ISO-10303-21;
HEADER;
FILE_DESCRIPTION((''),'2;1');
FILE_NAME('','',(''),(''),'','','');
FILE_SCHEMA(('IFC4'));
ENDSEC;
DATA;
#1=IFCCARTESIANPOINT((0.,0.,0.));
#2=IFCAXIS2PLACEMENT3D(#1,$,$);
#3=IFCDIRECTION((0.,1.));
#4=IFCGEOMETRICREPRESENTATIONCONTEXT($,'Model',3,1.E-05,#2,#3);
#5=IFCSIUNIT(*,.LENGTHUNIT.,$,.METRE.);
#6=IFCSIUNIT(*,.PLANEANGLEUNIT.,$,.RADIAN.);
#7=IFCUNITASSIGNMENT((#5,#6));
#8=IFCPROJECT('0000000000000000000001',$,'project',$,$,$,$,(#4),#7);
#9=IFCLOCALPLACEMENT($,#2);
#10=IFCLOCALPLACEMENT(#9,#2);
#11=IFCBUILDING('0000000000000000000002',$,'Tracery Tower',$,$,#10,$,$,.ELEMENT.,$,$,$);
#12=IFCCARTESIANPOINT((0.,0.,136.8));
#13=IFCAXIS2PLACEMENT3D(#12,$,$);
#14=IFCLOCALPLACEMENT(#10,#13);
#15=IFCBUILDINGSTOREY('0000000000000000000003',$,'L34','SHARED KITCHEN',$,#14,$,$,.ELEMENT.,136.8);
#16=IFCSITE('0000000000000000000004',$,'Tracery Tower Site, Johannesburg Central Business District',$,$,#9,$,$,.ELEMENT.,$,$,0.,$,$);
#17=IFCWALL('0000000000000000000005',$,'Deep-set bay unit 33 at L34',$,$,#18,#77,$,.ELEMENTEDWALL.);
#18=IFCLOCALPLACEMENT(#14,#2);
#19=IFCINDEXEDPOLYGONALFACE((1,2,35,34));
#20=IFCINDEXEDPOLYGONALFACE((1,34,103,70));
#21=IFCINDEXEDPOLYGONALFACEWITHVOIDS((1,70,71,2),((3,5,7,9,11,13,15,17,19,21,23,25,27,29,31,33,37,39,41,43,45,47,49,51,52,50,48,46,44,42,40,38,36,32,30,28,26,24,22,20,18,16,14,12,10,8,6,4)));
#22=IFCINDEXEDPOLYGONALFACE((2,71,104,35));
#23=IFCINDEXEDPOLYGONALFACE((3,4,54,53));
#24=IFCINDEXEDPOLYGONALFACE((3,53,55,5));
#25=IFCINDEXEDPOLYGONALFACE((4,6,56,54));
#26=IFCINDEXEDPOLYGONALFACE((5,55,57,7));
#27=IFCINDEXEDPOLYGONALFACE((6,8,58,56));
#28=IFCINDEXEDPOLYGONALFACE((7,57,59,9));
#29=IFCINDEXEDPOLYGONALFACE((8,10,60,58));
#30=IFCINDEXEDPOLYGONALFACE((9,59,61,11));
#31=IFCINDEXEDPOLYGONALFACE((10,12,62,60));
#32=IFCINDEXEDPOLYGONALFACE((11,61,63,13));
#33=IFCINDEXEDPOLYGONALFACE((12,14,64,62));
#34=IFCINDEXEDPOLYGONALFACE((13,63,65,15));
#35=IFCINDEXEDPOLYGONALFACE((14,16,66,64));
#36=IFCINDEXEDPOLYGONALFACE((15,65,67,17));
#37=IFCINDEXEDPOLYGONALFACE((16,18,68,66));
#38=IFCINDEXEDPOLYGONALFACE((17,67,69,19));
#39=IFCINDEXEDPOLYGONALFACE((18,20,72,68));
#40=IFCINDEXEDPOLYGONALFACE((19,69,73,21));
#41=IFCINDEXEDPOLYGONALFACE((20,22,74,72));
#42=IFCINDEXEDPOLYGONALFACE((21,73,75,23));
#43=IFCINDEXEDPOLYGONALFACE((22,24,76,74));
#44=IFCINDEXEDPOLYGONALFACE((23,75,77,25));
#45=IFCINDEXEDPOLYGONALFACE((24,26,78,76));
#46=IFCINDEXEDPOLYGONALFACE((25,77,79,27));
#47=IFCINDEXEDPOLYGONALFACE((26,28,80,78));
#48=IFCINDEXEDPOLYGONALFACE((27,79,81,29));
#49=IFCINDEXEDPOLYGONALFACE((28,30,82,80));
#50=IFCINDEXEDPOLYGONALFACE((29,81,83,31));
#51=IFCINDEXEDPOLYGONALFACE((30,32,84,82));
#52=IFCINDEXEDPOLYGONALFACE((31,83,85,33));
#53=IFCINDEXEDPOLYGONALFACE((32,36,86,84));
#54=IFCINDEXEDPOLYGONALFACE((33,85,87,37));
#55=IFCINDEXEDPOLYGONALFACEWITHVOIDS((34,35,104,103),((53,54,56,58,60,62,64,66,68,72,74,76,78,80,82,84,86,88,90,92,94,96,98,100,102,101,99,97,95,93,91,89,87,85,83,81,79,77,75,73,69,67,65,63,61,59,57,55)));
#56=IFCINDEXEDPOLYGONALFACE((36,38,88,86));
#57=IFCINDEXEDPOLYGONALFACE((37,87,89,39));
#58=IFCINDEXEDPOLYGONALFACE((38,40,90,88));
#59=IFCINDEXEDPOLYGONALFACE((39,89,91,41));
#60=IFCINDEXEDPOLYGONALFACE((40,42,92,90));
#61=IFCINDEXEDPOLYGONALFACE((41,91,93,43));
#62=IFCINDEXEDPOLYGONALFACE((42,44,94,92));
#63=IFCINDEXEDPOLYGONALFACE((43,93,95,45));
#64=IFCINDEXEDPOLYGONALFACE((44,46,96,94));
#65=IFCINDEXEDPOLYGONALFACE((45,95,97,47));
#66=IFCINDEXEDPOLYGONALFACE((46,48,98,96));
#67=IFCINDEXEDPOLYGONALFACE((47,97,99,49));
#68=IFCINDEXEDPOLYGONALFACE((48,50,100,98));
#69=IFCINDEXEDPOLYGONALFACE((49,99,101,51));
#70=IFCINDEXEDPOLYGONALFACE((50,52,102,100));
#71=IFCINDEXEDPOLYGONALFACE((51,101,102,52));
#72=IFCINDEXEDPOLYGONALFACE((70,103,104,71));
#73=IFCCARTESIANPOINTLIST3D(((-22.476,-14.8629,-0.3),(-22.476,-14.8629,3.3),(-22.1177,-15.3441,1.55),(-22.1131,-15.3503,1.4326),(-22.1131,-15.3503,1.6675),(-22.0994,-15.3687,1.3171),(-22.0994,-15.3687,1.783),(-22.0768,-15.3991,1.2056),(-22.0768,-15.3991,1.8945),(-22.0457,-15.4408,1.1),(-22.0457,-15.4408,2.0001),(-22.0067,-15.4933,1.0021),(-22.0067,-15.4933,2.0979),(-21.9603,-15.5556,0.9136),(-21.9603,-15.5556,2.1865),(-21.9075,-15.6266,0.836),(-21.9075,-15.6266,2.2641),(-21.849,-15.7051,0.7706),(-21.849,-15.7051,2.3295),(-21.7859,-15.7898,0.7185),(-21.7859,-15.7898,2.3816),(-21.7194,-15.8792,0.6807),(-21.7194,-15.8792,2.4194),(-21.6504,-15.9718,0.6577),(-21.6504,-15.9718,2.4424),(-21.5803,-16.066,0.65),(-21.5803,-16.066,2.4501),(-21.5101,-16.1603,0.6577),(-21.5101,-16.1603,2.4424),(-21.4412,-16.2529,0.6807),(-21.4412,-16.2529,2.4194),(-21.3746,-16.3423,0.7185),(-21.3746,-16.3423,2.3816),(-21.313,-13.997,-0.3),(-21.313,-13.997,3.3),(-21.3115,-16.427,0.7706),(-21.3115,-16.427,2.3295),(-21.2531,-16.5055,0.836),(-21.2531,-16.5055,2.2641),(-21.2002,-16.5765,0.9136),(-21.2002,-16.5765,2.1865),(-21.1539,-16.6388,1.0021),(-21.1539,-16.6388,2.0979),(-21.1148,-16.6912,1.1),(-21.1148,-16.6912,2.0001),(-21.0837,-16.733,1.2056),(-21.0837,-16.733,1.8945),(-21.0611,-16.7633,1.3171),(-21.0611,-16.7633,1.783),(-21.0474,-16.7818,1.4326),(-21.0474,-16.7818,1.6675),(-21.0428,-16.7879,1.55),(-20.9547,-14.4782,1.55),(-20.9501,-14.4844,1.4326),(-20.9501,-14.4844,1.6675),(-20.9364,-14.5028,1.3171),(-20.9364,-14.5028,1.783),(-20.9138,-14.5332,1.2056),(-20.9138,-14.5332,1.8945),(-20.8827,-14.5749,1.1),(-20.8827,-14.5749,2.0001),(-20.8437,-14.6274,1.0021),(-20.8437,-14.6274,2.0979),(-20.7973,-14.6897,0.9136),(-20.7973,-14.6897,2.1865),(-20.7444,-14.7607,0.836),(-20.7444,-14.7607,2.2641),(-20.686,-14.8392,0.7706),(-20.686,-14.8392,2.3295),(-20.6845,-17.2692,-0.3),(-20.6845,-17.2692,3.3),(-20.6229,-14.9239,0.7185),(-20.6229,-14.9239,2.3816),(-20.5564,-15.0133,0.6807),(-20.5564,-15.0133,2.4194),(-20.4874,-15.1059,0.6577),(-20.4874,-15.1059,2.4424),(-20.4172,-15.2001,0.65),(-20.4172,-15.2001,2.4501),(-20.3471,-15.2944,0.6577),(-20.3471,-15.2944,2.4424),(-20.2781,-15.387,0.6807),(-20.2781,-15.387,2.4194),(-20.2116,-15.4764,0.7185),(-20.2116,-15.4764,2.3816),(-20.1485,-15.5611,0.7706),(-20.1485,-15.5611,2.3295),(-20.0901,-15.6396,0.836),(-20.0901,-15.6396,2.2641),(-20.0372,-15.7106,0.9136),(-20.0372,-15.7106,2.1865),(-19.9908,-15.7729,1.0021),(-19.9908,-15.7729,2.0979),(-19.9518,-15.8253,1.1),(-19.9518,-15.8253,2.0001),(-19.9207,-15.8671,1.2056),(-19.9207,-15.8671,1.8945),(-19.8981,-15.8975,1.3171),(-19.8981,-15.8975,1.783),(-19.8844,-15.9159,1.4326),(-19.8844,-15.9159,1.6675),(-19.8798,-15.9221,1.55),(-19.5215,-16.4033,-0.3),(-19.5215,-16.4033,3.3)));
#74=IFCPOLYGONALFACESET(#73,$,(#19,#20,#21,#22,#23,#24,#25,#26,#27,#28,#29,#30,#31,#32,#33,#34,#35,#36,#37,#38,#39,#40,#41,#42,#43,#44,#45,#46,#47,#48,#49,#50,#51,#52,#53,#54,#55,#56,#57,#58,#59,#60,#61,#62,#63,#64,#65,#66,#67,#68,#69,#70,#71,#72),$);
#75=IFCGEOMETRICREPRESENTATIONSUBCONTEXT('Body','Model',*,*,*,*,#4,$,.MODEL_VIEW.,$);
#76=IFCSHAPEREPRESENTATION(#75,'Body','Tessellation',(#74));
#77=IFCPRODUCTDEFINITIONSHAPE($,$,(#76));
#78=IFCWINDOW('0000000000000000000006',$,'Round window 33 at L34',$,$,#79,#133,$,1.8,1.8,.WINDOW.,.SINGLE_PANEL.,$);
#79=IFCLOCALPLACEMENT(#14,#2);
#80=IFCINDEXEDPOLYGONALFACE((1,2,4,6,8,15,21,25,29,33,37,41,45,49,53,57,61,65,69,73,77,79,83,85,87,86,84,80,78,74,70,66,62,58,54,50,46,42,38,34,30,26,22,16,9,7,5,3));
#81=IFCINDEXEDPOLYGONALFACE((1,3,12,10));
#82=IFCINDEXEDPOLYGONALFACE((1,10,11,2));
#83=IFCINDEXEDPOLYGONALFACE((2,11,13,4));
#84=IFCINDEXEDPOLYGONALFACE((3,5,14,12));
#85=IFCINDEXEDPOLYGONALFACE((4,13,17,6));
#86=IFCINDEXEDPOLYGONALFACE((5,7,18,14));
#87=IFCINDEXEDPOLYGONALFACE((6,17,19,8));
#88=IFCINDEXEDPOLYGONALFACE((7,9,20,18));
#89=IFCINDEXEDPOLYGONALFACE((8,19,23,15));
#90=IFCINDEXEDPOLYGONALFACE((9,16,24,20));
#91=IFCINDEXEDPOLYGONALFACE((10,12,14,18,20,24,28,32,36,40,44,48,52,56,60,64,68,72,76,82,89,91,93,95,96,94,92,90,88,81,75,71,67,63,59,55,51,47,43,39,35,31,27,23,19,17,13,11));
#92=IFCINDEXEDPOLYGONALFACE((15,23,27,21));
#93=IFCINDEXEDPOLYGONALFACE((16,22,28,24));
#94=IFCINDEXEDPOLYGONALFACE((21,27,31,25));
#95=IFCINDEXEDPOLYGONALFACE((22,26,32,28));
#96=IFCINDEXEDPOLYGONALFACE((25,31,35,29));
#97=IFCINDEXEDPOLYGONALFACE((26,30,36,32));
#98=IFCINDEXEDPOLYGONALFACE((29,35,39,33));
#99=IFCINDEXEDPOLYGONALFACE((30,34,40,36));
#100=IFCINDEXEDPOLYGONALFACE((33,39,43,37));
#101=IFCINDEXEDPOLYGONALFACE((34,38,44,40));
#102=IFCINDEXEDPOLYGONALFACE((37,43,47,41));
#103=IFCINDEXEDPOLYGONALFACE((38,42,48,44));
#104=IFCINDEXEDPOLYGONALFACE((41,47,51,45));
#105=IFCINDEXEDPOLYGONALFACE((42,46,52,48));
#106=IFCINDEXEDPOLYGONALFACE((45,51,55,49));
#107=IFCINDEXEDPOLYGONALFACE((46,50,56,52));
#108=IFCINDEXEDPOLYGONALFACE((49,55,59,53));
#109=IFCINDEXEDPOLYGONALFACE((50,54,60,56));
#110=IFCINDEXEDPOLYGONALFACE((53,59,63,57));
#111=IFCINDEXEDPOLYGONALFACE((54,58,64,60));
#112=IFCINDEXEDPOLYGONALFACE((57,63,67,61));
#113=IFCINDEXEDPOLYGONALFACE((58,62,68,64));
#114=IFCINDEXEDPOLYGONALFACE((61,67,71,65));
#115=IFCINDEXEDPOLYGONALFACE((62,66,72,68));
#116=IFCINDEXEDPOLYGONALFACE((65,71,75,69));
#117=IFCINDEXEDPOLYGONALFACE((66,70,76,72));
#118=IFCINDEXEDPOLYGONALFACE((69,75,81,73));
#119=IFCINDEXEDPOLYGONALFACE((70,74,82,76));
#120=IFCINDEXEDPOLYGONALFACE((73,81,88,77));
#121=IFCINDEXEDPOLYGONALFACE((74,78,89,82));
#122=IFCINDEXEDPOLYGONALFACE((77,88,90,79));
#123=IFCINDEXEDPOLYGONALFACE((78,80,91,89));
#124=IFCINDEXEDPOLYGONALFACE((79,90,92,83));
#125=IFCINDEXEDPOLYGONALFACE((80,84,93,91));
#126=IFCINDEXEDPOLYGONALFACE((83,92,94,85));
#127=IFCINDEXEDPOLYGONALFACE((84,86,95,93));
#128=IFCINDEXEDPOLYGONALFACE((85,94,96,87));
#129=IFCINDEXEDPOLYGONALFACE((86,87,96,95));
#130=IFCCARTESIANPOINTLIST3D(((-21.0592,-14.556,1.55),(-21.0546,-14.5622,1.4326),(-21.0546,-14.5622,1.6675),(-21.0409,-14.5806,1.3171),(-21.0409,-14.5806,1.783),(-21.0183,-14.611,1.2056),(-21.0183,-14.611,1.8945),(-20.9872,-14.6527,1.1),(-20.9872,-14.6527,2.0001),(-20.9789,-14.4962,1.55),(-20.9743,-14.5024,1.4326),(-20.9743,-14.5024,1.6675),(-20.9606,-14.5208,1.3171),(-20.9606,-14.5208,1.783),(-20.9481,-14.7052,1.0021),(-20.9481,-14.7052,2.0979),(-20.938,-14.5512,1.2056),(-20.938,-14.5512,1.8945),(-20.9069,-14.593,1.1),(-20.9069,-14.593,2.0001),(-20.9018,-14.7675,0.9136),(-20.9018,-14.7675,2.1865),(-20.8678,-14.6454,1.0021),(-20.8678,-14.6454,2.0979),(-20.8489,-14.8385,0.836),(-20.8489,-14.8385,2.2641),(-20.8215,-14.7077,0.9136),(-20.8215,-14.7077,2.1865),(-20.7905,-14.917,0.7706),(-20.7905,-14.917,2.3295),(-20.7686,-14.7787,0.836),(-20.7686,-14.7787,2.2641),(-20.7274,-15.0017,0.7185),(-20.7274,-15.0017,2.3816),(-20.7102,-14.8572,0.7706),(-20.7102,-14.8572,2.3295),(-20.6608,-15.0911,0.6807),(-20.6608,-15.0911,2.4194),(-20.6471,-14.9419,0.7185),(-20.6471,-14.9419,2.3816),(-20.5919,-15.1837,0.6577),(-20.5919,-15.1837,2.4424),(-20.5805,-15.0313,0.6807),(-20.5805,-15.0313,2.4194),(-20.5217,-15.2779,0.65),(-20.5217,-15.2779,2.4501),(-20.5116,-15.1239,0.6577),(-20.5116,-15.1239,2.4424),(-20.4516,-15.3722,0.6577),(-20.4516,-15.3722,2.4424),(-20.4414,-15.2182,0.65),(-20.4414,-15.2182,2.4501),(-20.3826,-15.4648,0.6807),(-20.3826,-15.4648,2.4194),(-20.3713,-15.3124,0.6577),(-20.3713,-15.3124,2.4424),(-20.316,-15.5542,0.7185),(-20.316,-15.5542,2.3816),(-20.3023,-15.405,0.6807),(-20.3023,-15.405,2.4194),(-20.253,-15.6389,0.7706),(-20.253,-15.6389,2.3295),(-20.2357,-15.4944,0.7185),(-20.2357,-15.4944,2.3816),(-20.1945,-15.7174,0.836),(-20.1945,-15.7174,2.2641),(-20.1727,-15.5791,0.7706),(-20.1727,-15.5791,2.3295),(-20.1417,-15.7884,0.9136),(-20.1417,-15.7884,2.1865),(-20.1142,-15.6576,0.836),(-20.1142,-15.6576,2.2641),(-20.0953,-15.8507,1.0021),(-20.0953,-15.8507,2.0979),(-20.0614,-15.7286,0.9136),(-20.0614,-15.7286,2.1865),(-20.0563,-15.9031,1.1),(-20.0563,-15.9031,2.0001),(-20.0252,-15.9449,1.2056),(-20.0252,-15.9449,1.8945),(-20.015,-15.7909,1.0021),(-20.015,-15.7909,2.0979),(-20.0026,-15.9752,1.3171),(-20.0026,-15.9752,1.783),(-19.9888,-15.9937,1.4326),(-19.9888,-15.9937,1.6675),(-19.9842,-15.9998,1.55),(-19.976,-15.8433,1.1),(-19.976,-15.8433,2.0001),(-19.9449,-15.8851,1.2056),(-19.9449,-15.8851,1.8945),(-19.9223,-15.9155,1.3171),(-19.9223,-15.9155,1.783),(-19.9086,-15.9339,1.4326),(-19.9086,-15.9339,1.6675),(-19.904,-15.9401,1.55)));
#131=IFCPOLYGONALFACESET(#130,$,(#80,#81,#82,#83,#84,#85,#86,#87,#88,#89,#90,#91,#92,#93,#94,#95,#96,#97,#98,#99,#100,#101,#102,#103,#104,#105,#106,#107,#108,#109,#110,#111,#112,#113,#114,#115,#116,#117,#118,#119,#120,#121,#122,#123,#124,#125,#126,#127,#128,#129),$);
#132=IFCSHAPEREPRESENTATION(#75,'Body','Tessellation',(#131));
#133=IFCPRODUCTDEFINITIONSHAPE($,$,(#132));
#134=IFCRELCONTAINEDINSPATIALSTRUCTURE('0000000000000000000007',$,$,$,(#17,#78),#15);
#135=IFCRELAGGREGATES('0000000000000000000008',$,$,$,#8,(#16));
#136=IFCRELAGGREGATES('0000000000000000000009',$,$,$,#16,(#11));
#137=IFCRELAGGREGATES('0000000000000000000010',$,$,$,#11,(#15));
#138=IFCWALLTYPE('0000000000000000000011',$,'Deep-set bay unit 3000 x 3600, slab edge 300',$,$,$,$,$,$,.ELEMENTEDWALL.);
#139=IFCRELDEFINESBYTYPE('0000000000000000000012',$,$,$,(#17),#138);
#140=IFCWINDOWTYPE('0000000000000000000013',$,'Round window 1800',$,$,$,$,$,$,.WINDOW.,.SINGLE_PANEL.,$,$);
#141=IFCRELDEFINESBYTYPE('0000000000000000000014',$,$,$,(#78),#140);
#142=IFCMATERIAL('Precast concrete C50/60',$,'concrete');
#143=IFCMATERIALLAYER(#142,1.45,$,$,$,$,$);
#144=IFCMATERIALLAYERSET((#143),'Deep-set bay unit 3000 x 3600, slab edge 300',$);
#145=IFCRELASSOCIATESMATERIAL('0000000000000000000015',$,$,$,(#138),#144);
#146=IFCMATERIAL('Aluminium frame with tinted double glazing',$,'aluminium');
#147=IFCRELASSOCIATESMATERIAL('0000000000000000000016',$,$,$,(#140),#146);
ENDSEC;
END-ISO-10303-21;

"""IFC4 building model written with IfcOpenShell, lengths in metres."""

from ifc_helpers import new_model, si_unit, direction, frame, frame_2d, origin, origin_2d, place, context, subcontext, project, spatial, rectangle, circle, extrude, material, layer, layer_set, type_object, element, fill, save


model = new_model("IFC4")

# Units and contexts
model_context = context("Model", 3, precision=1e-05, world=origin(), true_north=direction((0.0, 1.0)))
body_context = subcontext(model_context, "Body", "Model", "MODEL_VIEW")
ifc_project = project(units=[si_unit("LENGTHUNIT", "METRE"), si_unit("PLANEANGLEUNIT", "RADIAN")], contexts=[model_context])

# Site, building, storey
site_placement = place(None, origin())
site = spatial("IfcSite", under=ifc_project, at=site_placement, Name="Tracery Tower Site, Johannesburg Central Business District", CompositionType="ELEMENT", RefElevation=0.0)
building_placement = place(site_placement, origin())
building = spatial("IfcBuilding", under=site, at=building_placement, Name="Tracery Tower", CompositionType="ELEMENT")
storey_placement = place(building_placement, frame((0.0, 0.0, 136.8)))
storey = spatial("IfcBuildingStorey", under=building, at=storey_placement, Name="L34", Description="SHARED KITCHEN", CompositionType="ELEMENT", Elevation=136.8)

# Wall, opening, window
ifc_material_1 = material(Name="Precast concrete C50/60", Category="concrete")
ifc_layer_1 = layer(ifc_material_1, 1.45)
ifc_layer_set_1 = layer_set([ifc_layer_1], Name="Deep-set bay unit 3000 x 3600, slab edge 300")
wall_type_1 = type_object("IfcWallType", Name="Deep-set bay unit 3000 x 3600, slab edge 300", PredefinedType="ELEMENTEDWALL", material=ifc_layer_set_1)
wall_1_placement = place(storey_placement, frame((-21.8945, -14.4299, -0.3), z_axis=(0.0, 0.0, 1.0), x_axis=(0.597184, -0.802104, 0.0)))
wall_1 = element("IfcWall", 1, at=wall_1_placement, inside=storey, type_object=wall_type_1, Name="Deep-set bay unit 33 at L34", PredefinedType="ELEMENTEDWALL", context=body_context, shape_type="SweptSolid", body=[
    extrude(rectangle(XDim=3.0, YDim=1.45, at=frame_2d((1.5, 0.0))), origin(), (0.0, 0.0, 1.0), 3.6001),
])
opening_1_placement = place(wall_1_placement, frame((1.5, 0.0, 1.8501)))
opening_1 = element("IfcOpeningElement", 2, at=opening_1_placement, cuts=wall_1, PredefinedType="OPENING", context=body_context, shape_type="SweptSolid", body=[
    extrude(circle(Radius=0.9, at=origin_2d()), frame((0.0, 0.7349, 0.0), z_axis=(0.0, -1.0, 0.0), x_axis=(1.0, 0.0, 0.0)), (0.0, 0.0, 1.0), 1.47),
])
ifc_material_2 = material(Name="Aluminium frame with tinted double glazing", Category="aluminium")
window_type = type_object("IfcWindowType", Name="Round window 1800", PartitioningType="SINGLE_PANEL", PredefinedType="WINDOW", material=ifc_material_2)
window_1_placement = place(opening_1_placement, origin())
window_1 = element("IfcWindow", 3, at=window_1_placement, inside=storey, type_object=window_type, Name="Round window 33 at L34", OverallHeight=1.8, OverallWidth=1.8, PartitioningType="SINGLE_PANEL", PredefinedType="WINDOW", context=body_context, shape_type="SweptSolid", body=[
    extrude(circle(Radius=0.9, at=origin_2d()), frame((0.0, 0.6948, 0.0), z_axis=(0.0, -1.0, 0.0), x_axis=(1.0, 0.0, 0.0)), (0.0, 0.0, 1.0), 0.1001),
])
fill(opening_1, window_1)

save(model, "model.ifc")
